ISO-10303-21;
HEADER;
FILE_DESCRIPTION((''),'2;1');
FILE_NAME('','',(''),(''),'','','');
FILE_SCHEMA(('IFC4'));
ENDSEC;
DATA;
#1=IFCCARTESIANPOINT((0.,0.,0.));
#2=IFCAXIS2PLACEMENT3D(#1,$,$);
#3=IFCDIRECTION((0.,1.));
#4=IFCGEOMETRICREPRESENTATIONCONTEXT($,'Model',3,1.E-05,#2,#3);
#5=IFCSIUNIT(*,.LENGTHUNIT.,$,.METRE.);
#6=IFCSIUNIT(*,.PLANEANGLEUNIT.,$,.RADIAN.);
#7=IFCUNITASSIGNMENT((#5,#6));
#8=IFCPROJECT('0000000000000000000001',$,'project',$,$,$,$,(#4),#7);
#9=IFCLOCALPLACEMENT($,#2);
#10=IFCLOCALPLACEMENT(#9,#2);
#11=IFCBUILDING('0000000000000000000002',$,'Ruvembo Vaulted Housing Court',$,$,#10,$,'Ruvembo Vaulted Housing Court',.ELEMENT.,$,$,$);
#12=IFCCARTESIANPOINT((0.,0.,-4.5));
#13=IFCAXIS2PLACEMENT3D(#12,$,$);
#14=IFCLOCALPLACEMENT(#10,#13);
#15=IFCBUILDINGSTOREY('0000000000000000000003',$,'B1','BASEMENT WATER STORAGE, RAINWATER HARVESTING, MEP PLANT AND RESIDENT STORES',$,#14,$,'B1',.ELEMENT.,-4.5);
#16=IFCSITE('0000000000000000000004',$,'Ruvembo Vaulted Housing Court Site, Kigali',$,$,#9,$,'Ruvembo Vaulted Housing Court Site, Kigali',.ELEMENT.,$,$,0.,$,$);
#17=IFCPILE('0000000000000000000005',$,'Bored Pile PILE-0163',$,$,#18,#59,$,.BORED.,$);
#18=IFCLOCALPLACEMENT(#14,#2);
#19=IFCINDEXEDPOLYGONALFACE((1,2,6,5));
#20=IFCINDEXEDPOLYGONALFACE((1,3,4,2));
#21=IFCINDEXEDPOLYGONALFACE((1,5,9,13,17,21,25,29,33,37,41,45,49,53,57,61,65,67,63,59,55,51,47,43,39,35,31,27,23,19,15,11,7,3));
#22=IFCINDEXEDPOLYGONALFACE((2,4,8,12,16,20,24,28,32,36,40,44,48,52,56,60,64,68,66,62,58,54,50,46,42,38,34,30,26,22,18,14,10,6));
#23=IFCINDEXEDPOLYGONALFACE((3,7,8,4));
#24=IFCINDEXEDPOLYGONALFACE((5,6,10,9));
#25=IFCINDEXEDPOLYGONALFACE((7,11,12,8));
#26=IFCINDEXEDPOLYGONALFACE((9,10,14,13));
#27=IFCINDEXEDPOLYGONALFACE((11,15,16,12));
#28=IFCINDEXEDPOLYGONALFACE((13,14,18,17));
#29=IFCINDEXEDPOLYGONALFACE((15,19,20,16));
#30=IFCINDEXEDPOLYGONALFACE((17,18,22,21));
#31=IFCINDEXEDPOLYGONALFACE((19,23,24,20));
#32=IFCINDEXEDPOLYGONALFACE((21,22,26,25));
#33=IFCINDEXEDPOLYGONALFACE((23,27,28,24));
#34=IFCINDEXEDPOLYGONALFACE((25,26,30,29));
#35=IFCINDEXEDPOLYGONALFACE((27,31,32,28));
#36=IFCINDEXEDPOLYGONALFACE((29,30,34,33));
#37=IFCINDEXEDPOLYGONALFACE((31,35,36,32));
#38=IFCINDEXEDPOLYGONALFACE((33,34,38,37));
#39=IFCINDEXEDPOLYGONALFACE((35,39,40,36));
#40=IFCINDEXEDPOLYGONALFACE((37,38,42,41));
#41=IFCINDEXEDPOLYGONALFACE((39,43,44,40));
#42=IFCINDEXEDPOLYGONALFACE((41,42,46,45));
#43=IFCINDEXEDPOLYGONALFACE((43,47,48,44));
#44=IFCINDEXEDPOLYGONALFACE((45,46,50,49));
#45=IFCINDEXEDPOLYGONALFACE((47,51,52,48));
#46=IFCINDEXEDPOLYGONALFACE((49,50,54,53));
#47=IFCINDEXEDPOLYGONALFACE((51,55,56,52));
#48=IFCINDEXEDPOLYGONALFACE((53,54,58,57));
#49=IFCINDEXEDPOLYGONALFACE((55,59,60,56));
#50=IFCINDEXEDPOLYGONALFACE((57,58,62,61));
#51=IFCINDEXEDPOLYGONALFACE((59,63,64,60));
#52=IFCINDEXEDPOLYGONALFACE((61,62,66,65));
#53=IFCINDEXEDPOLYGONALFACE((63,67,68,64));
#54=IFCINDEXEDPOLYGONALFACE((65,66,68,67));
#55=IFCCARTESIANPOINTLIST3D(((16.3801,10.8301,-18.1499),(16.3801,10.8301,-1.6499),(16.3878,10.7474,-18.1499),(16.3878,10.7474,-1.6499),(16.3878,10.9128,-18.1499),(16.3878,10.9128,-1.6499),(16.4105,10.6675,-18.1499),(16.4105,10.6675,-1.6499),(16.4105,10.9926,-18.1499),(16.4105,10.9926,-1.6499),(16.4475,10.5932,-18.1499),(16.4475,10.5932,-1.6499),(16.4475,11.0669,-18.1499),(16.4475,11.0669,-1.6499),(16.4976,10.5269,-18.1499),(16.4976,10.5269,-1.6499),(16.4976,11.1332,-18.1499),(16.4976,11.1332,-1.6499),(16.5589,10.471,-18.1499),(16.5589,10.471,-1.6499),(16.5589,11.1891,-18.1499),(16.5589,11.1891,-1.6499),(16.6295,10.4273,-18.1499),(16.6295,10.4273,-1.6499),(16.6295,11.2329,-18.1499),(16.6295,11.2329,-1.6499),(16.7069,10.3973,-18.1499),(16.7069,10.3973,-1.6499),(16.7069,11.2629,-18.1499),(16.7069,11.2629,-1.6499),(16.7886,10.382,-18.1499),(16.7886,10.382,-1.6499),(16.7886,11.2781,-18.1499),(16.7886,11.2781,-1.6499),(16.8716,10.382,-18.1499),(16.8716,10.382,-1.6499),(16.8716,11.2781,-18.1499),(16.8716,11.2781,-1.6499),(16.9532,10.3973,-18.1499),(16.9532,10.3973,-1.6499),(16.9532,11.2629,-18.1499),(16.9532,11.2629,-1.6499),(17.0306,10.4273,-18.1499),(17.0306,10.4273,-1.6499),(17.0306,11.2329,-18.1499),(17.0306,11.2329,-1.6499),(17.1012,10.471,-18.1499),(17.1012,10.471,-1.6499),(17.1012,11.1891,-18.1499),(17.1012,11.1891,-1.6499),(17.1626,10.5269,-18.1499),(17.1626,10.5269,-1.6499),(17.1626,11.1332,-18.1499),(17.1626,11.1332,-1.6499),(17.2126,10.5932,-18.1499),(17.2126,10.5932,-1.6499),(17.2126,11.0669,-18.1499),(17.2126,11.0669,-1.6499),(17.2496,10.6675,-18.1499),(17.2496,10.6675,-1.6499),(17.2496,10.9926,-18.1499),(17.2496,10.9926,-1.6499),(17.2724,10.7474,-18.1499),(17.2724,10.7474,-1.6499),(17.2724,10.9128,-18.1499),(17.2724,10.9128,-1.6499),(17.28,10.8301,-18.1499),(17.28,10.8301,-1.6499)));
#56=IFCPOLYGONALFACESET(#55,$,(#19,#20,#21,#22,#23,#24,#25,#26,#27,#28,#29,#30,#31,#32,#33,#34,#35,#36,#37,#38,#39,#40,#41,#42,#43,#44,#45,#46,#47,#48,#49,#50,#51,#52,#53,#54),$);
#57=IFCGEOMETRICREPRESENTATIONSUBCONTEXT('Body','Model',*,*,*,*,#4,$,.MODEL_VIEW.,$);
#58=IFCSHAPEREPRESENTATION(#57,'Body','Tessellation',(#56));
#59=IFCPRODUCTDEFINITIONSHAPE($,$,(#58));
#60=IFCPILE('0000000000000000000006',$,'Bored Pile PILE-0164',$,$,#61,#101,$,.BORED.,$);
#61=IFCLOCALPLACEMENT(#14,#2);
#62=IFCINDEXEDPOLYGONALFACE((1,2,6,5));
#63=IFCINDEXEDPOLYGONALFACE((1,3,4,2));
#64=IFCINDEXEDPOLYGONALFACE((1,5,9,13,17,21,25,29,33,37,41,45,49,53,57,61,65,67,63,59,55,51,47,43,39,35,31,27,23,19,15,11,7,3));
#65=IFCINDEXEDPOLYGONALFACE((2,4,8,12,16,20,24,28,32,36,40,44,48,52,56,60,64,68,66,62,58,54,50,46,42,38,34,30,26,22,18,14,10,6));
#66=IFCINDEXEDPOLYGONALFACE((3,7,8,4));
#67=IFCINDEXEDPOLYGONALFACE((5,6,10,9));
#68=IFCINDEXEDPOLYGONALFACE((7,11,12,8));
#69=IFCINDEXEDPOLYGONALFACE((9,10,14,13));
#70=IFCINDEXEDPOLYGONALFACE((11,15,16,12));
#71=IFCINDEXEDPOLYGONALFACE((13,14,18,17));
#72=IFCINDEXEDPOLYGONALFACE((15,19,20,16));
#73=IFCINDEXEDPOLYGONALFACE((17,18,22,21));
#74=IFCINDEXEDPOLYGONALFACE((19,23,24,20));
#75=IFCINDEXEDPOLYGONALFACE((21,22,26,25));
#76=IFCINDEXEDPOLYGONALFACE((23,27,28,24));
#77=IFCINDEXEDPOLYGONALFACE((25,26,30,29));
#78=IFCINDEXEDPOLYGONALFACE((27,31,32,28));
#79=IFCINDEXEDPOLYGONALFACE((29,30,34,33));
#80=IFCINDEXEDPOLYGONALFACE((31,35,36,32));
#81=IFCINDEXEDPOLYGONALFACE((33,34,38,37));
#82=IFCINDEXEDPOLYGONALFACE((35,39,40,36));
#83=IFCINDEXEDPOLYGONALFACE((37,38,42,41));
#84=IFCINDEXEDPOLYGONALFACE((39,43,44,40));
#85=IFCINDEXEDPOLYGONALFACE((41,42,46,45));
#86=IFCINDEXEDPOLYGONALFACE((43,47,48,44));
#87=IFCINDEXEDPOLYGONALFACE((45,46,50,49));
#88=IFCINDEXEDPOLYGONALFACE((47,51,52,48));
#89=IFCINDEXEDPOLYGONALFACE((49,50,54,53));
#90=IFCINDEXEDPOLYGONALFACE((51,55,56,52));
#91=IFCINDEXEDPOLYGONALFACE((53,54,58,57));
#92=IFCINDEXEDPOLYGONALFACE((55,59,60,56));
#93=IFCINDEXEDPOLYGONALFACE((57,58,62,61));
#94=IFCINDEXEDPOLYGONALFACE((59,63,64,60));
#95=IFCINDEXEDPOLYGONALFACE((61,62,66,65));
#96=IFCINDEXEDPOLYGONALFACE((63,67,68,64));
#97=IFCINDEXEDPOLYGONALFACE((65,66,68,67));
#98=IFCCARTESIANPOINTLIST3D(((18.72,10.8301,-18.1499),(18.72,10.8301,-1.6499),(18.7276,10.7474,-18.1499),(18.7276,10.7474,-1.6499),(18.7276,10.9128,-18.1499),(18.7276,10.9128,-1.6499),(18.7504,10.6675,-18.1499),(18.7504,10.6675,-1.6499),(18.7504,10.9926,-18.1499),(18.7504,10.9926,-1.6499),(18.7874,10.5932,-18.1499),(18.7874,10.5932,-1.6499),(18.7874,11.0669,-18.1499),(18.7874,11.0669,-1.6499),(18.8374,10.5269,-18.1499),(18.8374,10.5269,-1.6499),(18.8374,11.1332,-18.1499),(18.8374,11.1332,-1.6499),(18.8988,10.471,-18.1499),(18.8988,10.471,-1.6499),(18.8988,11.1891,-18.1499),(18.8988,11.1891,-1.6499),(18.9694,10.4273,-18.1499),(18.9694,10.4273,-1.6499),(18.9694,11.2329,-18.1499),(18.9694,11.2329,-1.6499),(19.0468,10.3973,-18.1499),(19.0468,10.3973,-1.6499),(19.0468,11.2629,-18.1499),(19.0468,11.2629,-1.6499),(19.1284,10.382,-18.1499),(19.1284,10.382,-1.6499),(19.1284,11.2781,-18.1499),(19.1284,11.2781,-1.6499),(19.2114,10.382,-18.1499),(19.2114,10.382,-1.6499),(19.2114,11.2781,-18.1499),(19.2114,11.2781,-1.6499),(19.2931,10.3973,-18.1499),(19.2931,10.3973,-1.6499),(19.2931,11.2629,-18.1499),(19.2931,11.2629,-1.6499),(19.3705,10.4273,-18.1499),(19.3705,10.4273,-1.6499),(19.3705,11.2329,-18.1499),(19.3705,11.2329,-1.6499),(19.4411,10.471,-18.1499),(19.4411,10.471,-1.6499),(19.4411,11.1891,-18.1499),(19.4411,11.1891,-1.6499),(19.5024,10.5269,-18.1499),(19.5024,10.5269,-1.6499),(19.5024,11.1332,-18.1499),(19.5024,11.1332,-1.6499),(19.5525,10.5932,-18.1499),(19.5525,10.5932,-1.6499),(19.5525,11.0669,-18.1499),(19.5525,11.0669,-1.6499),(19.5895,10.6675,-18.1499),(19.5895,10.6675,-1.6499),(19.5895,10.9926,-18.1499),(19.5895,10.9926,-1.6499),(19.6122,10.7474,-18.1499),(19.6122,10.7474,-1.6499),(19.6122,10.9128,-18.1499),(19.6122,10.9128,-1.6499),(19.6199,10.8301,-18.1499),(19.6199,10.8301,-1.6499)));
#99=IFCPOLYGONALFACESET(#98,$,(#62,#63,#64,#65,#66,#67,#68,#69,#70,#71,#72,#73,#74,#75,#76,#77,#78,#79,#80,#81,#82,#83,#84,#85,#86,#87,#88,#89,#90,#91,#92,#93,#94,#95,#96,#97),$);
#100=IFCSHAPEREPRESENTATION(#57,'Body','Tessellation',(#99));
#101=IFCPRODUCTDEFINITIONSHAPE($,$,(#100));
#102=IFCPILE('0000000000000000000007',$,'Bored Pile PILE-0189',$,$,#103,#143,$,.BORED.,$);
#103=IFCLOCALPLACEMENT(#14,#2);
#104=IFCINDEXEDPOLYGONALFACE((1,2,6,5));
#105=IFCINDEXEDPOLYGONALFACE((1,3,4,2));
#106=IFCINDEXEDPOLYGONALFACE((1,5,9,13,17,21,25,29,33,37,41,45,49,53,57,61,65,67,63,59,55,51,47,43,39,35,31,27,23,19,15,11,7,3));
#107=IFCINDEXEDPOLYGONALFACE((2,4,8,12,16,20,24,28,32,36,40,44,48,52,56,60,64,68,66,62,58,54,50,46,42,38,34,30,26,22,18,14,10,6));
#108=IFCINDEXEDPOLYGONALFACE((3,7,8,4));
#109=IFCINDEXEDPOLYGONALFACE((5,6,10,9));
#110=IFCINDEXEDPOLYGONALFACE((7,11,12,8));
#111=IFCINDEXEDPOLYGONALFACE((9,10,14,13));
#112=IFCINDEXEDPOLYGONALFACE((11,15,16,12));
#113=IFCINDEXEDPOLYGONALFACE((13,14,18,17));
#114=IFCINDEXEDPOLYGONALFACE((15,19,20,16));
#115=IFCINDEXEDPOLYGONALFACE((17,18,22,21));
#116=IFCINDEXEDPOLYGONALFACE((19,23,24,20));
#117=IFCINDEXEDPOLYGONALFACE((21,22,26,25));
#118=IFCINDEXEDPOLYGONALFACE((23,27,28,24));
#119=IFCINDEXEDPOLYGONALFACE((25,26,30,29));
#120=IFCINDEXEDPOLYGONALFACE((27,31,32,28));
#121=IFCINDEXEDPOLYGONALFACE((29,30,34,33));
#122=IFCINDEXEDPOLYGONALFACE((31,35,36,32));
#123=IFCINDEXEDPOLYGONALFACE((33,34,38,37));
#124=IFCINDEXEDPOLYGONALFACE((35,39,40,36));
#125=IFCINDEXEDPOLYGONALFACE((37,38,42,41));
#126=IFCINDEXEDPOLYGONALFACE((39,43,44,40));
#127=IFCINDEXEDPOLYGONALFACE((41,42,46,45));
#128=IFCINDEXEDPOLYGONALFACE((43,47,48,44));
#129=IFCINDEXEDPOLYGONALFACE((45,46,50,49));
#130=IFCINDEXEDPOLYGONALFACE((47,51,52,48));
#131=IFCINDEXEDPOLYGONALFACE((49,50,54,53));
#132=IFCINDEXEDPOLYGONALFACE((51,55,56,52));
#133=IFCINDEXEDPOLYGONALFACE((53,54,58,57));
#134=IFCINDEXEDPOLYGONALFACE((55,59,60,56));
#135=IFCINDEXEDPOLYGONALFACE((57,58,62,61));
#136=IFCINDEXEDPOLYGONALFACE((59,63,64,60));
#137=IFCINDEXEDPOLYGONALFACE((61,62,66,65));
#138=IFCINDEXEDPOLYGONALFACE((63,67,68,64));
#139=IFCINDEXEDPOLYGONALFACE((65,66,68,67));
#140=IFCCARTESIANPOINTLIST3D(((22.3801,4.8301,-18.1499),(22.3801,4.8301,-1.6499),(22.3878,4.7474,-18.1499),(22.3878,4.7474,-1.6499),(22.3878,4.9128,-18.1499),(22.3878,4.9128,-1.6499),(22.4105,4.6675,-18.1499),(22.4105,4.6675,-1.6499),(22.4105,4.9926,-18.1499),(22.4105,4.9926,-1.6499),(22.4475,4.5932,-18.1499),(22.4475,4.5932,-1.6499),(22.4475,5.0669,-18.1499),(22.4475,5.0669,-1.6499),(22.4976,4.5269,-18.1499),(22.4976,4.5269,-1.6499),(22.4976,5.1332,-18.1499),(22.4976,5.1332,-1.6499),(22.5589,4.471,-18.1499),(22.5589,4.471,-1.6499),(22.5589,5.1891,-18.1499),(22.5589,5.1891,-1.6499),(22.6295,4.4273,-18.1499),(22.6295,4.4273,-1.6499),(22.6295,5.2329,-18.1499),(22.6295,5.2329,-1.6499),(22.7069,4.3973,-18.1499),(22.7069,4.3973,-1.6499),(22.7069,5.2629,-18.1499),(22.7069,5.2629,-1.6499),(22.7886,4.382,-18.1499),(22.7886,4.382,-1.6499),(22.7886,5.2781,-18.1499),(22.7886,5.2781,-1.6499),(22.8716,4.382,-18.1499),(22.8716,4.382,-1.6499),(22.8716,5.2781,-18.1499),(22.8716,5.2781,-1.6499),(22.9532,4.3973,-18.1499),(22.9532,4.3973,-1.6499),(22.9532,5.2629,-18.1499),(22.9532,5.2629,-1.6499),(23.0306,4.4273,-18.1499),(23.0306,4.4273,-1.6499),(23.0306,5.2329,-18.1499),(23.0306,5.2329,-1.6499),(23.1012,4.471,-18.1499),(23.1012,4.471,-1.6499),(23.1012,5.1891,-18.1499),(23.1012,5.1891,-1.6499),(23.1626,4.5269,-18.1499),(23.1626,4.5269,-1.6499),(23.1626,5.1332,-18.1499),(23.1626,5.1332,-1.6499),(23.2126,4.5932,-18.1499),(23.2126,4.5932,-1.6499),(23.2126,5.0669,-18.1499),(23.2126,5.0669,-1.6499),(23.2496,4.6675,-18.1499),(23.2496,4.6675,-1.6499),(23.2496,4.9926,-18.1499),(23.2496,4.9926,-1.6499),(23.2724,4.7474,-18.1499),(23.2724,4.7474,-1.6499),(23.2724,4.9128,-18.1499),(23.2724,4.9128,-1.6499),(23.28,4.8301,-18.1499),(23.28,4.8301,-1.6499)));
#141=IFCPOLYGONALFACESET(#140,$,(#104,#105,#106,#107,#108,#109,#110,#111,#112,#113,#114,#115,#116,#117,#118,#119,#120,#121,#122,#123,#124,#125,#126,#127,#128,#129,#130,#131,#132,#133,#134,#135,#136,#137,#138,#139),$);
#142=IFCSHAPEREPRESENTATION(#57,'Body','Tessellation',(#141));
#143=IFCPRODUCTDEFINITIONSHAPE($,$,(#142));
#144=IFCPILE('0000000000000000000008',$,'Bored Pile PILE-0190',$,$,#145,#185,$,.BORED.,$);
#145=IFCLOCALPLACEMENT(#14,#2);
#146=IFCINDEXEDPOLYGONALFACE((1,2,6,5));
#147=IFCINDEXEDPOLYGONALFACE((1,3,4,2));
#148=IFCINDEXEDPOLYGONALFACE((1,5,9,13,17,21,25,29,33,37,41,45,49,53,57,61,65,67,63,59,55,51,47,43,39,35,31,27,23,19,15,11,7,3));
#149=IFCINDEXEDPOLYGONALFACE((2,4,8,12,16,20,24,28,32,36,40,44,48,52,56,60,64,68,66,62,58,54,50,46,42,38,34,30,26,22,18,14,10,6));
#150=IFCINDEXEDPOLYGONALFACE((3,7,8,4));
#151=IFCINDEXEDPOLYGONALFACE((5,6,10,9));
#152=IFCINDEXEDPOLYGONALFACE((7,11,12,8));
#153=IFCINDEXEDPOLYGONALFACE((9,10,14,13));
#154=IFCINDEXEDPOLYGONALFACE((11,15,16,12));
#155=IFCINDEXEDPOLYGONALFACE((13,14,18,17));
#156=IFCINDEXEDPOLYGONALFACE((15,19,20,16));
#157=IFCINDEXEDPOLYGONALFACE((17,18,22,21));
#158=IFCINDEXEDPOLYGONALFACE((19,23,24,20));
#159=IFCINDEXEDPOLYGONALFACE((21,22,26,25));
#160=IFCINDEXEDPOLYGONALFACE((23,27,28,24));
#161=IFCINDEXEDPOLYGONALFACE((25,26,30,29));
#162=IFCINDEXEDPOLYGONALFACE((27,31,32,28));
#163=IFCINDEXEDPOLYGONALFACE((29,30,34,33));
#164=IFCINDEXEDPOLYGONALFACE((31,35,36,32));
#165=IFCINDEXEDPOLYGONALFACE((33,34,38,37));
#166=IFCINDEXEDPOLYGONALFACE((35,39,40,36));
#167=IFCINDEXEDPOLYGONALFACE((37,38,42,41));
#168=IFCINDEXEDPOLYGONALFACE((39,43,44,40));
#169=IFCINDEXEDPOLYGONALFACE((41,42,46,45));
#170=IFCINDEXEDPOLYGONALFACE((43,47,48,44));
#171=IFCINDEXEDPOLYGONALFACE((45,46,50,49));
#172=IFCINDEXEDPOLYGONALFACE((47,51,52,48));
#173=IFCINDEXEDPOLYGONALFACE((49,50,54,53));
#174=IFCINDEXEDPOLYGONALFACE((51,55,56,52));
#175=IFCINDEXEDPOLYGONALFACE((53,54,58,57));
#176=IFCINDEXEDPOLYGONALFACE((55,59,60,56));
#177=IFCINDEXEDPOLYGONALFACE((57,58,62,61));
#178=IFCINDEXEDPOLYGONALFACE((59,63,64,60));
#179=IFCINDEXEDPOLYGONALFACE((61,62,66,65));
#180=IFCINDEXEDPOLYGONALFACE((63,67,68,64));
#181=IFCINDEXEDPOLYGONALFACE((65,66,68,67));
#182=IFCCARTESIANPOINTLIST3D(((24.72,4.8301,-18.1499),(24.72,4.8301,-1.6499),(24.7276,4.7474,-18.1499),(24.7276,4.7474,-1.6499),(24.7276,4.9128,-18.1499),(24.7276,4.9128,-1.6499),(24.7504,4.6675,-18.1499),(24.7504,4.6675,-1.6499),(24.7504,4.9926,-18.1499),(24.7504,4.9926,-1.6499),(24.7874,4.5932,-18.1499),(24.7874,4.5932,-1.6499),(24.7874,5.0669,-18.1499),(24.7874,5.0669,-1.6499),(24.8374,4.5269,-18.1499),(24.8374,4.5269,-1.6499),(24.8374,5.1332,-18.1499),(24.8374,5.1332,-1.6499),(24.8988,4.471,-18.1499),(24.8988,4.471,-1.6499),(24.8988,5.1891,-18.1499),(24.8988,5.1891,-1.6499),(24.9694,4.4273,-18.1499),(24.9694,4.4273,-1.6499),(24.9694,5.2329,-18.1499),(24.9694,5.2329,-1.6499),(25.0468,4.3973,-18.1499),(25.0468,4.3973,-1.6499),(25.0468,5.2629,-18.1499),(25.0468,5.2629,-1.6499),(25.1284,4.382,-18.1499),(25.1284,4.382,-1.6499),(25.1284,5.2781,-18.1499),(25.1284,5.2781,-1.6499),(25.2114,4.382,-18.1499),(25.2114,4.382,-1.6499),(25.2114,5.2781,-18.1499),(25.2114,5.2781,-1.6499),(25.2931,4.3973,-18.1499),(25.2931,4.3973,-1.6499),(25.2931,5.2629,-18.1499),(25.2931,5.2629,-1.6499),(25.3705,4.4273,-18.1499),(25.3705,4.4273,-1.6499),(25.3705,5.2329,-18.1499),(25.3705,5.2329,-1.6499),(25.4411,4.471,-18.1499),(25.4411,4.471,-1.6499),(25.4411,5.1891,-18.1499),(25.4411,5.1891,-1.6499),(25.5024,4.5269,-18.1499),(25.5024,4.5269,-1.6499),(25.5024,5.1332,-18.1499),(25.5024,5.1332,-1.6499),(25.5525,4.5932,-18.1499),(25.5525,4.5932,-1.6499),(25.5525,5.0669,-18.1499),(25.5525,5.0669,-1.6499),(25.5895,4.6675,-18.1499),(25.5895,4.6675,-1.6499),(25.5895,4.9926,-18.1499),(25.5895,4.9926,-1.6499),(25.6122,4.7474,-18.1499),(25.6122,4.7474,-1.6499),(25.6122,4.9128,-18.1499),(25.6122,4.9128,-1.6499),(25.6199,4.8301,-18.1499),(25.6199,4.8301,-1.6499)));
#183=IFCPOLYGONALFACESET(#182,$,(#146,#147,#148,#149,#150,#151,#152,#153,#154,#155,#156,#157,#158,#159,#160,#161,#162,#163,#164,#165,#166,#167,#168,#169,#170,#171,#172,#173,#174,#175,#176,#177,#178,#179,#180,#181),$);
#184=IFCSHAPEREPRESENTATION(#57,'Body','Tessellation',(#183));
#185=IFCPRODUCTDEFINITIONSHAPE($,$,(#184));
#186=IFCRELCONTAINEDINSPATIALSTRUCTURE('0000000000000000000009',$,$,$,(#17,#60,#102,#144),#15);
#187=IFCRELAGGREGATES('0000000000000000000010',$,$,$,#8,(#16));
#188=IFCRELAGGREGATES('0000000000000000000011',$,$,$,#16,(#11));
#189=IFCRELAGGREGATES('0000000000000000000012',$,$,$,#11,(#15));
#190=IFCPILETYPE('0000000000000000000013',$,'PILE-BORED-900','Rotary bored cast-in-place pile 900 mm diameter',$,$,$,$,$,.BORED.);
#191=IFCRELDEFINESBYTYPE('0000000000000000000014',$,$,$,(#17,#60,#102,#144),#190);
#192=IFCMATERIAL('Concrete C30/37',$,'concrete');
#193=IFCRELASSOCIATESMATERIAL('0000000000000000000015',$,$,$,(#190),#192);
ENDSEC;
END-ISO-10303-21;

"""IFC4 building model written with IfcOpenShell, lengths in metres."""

from ifc_helpers import new_model, si_unit, direction, frame, origin, origin_2d, place, context, subcontext, project, spatial, circle, extrude, material, material_profile, profile_set, type_object, element, save


model = new_model("IFC4")

# Units and contexts
model_context = context("Model", 3, precision=1e-05, world=origin(), true_north=direction((0.0, 1.0)))
body_context = subcontext(model_context, "Body", "Model", "MODEL_VIEW")
ifc_project = project(units=[si_unit("LENGTHUNIT", "METRE"), si_unit("PLANEANGLEUNIT", "RADIAN")], contexts=[model_context])

# Site, building, storey
site_placement = place(None, origin())
site = spatial("IfcSite", under=ifc_project, at=site_placement, Name="Ruvembo Vaulted Housing Court Site, Kigali", LongName="Ruvembo Vaulted Housing Court Site, Kigali", CompositionType="ELEMENT", RefElevation=0.0)
building_placement = place(site_placement, origin())
building = spatial("IfcBuilding", under=site, at=building_placement, Name="Ruvembo Vaulted Housing Court", LongName="Ruvembo Vaulted Housing Court", CompositionType="ELEMENT")
storey_placement = place(building_placement, frame((0.0, 0.0, -4.5)))
storey = spatial("IfcBuildingStorey", under=building, at=storey_placement, Name="B1", Description="BASEMENT WATER STORAGE, RAINWATER HARVESTING, MEP PLANT AND RESIDENT STORES", LongName="B1", CompositionType="ELEMENT", Elevation=-4.5)

# Piles
ifc_material_1 = material(Name="Concrete C30/37", Category="concrete")
ifc_material_profile_1 = material_profile(ifc_material_1, circle(Radius=0.45, at=origin_2d()), Name="PILE D900")
ifc_profile_set_1 = profile_set([ifc_material_profile_1], Name="Concrete C30/37")
pile_type = type_object("IfcPileType", Name="PILE-BORED-900", Description="Rotary bored cast-in-place pile 900 mm diameter", PredefinedType="BORED", material=ifc_profile_set_1)
for number, where, z_axis, x_axis, name in (
    (1, (16.8301, 10.8301, -1.6499), (0.0, 0.0, -1.0), (1.0, 0.0, 0.0), "Bored Pile PILE-0163"),
    (2, (19.1699, 10.8301, -1.6499), (0.0, 0.0, -1.0), (1.0, 0.0, 0.0), "Bored Pile PILE-0164"),
    (3, (22.8301, 4.8301, -1.6499), (0.0, 0.0, -1.0), (1.0, 0.0, 0.0), "Bored Pile PILE-0189"),
    (4, (25.1699, 4.8301, -1.6499), (0.0, 0.0, -1.0), (1.0, 0.0, 0.0), "Bored Pile PILE-0190"),
):
    element("IfcPile", number, at=place(storey_placement, frame(where, z_axis=z_axis, x_axis=x_axis)), inside=storey, type_object=pile_type, Name=name, PredefinedType="BORED", context=body_context, shape_type="SweptSolid", body=[
        extrude(circle(Radius=0.45, at=origin_2d()), origin(), (0.0, 0.0, 1.0), 16.5),
    ])

save(model, "model.ifc")
